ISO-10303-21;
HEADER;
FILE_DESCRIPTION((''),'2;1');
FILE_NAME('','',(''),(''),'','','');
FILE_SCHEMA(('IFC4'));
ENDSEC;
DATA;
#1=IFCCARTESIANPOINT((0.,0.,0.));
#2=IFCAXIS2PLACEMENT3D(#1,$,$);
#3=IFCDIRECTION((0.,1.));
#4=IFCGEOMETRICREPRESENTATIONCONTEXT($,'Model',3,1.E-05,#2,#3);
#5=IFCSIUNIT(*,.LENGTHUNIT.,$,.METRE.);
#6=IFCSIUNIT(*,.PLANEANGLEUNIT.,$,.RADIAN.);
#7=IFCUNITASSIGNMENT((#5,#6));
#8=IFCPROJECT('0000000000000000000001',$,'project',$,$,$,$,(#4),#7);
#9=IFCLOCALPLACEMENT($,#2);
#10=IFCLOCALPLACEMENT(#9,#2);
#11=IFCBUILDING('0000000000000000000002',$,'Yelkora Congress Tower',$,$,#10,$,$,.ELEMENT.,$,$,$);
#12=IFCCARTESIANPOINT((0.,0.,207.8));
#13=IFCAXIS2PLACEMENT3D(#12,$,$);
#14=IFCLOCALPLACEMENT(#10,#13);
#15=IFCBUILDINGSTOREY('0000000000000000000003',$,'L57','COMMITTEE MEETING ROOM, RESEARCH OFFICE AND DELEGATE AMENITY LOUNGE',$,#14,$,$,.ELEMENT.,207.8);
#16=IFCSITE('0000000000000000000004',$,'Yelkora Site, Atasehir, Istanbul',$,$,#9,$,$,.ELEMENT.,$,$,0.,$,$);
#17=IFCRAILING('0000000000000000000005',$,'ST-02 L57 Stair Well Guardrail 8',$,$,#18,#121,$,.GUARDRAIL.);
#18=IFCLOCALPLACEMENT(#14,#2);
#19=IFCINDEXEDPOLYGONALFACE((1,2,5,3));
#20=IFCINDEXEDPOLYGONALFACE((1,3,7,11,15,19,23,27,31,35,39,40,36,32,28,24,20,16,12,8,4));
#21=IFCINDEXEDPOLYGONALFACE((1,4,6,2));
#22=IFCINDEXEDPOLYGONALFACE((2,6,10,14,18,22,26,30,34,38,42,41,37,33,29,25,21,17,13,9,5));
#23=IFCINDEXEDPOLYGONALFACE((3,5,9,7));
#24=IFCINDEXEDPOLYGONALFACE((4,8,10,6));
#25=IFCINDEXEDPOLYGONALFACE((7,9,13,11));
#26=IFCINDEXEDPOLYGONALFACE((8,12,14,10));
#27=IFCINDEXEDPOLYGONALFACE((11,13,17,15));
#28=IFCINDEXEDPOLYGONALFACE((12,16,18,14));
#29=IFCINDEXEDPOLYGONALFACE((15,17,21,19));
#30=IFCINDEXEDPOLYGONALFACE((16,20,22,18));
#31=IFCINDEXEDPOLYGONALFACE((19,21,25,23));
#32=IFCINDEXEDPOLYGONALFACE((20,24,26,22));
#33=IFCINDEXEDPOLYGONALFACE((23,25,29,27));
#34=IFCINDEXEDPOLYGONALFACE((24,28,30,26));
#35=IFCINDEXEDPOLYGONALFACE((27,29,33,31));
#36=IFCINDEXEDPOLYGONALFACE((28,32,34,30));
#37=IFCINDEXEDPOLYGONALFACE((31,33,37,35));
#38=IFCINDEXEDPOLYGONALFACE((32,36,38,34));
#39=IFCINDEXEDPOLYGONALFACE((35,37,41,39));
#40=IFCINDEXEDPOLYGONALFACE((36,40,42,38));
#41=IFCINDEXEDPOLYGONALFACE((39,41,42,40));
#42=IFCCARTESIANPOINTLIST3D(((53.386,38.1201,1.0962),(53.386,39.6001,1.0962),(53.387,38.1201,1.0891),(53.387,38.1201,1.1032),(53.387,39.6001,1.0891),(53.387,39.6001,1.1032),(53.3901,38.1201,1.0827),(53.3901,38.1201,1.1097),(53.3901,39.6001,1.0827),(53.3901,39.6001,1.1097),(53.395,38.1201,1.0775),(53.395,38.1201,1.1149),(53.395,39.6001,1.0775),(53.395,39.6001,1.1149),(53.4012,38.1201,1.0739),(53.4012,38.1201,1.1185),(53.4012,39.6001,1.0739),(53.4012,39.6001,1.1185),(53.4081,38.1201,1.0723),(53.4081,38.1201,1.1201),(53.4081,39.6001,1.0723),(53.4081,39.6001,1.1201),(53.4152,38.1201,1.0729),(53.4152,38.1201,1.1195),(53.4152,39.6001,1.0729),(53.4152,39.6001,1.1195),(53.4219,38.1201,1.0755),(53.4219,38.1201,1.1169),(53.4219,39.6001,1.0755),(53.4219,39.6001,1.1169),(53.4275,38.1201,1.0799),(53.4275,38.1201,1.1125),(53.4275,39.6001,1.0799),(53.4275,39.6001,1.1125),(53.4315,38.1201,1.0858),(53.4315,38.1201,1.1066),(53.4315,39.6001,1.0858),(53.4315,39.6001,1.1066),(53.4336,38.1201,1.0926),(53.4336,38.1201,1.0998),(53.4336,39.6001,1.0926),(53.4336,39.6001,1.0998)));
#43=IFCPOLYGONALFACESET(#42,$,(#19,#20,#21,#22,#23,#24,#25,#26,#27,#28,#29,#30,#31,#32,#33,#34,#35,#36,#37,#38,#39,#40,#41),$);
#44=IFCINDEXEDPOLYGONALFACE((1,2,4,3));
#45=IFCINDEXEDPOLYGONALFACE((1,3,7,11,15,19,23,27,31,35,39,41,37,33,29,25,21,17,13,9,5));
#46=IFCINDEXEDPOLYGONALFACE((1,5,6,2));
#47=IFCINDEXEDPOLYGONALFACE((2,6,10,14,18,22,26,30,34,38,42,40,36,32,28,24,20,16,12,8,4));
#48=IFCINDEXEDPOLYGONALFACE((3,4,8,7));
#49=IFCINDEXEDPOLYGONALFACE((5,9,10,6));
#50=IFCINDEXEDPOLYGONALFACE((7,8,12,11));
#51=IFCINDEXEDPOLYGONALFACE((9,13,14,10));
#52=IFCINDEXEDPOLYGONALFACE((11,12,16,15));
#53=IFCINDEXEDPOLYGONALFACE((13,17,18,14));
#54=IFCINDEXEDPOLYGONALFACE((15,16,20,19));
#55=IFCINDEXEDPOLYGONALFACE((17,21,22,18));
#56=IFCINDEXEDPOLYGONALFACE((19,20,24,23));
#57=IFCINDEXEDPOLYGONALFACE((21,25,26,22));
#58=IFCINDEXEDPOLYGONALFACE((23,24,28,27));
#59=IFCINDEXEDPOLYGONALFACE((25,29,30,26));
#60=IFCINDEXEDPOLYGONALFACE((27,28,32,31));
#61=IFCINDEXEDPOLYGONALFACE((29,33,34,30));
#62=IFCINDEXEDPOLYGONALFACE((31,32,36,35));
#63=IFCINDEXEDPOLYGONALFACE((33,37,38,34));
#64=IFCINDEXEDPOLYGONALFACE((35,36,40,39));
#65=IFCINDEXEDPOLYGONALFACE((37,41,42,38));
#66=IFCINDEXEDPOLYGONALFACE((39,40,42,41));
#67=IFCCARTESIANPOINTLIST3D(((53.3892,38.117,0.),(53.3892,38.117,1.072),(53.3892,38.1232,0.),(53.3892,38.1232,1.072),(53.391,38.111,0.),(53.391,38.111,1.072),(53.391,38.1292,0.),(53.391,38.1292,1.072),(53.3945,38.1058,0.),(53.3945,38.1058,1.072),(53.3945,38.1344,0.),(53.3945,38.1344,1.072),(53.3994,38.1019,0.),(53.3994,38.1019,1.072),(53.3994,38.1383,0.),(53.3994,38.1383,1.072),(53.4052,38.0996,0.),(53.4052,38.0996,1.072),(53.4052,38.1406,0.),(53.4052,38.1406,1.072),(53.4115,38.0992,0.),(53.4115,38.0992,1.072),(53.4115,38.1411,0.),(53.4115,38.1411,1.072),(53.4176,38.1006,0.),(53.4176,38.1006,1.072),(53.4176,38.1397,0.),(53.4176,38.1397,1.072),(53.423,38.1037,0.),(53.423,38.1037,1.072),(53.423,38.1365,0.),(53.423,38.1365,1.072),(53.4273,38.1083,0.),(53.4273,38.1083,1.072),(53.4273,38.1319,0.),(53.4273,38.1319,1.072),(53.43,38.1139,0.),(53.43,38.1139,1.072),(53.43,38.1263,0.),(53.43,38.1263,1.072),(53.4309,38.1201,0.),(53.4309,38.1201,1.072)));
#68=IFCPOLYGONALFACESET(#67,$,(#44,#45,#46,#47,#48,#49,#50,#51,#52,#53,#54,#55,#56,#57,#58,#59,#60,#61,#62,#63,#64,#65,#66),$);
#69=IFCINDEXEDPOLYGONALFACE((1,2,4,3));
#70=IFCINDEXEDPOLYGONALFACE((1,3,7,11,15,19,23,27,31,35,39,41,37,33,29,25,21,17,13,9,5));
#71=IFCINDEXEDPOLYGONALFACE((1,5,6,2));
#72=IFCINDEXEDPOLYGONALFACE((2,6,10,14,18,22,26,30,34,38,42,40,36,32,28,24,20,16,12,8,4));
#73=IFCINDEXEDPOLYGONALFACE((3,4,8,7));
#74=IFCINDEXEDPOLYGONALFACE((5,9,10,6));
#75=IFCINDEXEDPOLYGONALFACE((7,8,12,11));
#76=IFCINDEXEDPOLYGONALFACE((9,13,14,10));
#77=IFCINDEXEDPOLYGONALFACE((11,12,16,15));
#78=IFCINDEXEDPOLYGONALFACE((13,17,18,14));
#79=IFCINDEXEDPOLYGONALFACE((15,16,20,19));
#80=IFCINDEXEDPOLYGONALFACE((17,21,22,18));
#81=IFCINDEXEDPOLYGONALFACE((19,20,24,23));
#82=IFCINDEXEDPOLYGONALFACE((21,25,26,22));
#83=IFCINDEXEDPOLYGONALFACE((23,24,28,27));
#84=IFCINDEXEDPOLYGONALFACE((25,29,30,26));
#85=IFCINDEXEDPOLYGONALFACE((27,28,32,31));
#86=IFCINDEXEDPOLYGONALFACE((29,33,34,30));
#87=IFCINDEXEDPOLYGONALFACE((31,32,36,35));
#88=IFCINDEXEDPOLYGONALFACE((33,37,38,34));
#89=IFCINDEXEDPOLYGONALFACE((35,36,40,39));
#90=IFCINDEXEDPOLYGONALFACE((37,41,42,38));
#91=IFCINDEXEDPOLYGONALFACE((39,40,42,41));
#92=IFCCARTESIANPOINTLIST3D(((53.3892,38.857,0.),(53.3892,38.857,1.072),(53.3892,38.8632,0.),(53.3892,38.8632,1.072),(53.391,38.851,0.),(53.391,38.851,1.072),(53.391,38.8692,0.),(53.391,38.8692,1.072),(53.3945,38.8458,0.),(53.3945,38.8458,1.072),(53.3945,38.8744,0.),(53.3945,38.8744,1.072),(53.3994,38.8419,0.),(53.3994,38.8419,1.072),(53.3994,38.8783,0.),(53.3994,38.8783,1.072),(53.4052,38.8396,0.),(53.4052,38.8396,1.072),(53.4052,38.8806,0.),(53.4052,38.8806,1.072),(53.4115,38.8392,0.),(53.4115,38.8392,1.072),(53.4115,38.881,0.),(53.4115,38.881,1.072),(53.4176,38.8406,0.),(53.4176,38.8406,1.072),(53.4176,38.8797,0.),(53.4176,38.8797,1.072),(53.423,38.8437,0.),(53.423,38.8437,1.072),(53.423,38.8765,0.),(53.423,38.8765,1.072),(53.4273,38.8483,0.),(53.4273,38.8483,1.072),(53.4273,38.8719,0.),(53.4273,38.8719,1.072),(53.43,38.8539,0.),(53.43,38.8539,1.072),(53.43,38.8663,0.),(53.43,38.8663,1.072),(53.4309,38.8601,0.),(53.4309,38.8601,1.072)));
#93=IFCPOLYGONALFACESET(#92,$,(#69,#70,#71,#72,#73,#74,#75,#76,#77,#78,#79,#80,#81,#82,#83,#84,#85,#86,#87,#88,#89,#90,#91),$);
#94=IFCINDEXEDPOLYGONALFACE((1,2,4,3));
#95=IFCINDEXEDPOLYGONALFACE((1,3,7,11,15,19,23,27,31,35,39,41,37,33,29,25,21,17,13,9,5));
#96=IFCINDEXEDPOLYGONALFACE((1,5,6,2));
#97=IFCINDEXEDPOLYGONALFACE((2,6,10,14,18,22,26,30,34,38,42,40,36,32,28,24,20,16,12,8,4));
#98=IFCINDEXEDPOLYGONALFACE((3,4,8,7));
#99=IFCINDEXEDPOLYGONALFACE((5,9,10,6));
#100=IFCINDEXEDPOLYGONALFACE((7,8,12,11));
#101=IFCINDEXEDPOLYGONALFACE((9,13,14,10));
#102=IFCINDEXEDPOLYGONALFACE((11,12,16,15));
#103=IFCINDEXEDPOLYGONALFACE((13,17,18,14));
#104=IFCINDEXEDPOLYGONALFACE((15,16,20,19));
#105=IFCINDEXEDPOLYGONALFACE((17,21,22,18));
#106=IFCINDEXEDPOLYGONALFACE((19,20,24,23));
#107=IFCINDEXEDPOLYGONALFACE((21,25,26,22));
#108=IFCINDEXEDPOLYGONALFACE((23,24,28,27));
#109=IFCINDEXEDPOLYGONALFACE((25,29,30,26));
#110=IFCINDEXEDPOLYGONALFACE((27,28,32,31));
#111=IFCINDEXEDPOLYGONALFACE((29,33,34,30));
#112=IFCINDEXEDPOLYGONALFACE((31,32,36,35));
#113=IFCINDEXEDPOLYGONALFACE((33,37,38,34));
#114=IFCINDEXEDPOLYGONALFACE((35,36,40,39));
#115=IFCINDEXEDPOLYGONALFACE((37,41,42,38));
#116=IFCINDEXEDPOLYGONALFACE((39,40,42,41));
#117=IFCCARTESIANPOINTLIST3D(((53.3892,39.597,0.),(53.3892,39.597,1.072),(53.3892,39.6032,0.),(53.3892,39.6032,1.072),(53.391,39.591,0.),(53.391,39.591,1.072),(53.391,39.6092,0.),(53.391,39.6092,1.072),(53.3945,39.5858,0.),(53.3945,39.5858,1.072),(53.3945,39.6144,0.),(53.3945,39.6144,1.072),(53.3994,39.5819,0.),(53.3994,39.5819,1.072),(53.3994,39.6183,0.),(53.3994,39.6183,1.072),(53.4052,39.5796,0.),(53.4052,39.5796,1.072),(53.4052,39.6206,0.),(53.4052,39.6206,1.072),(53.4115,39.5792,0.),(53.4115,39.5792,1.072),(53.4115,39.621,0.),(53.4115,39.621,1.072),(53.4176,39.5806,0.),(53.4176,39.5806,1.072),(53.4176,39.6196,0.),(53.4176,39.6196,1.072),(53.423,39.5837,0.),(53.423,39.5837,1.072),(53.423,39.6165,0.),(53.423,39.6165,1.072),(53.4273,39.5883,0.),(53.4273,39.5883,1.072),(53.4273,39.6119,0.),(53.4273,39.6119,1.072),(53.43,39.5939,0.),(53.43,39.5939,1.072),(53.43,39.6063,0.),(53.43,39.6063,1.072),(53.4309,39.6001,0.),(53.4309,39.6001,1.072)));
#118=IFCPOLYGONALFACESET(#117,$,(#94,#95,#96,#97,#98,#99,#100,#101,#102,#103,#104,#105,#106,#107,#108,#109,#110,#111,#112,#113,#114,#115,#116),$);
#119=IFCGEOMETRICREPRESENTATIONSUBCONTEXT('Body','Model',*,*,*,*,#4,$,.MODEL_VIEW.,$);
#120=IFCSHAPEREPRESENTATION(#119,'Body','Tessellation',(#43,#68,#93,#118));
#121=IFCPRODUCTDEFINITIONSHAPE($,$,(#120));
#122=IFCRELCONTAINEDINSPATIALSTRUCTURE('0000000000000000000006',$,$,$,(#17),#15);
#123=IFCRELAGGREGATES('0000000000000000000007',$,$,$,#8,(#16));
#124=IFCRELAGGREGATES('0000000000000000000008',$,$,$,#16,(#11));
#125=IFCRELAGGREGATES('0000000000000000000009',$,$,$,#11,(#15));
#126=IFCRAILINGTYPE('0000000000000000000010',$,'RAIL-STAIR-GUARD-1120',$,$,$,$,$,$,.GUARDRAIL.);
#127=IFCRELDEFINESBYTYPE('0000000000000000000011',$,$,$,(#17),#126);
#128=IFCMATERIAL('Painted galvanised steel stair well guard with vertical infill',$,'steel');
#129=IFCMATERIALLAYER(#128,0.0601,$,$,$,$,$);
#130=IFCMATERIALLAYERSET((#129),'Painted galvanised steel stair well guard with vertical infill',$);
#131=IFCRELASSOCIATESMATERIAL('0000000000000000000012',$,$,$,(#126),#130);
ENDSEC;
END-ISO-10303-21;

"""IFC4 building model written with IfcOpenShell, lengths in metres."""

from ifc_helpers import new_model, si_unit, direction, frame, origin, origin_2d, place, context, subcontext, project, spatial, circle, extrude, material, layer, layer_set, type_object, element, save


model = new_model("IFC4")

# Units and contexts
model_context = context("Model", 3, precision=1e-05, world=origin(), true_north=direction((0.0, 1.0)))
body_context = subcontext(model_context, "Body", "Model", "MODEL_VIEW")
ifc_project = project(units=[si_unit("LENGTHUNIT", "METRE"), si_unit("PLANEANGLEUNIT", "RADIAN")], contexts=[model_context])

# Site, building, storey
site_placement = place(None, origin())
site = spatial("IfcSite", under=ifc_project, at=site_placement, Name="Yelkora Site, Atasehir, Istanbul", CompositionType="ELEMENT", RefElevation=0.0)
building_placement = place(site_placement, origin())
building = spatial("IfcBuilding", under=site, at=building_placement, Name="Yelkora Congress Tower", CompositionType="ELEMENT")
storey_placement = place(building_placement, frame((0.0, 0.0, 207.8)))
storey = spatial("IfcBuildingStorey", under=building, at=storey_placement, Name="L57", Description="COMMITTEE MEETING ROOM, RESEARCH OFFICE AND DELEGATE AMENITY LOUNGE", CompositionType="ELEMENT", Elevation=207.8)

# Railing
ifc_material_1 = material(Name="Painted galvanised steel stair well guard with vertical infill", Category="steel")
ifc_layer_1 = layer(ifc_material_1, 0.0601)
ifc_layer_set_1 = layer_set([ifc_layer_1], Name="Painted galvanised steel stair well guard with vertical infill")
railing_type_1 = type_object("IfcRailingType", Name="RAIL-STAIR-GUARD-1120", PredefinedType="GUARDRAIL", material=ifc_layer_set_1)
railing_1_placement = place(storey_placement, frame((53.4099, 38.1201, 0.0)))
element("IfcRailing", 1, at=railing_1_placement, inside=storey, type_object=railing_type_1, Name="ST-02 L57 Stair Well Guardrail 8", PredefinedType="GUARDRAIL", context=body_context, shape_type="SweptSolid", body=[
    extrude(circle(Radius=0.0239, at=origin_2d()), frame((0.0, 0.0, 1.0962), z_axis=(0.0, 1.0, 0.0), x_axis=(-1.0, 0.0, 0.0)), (0.0, 0.0, 1.0), 1.48),
    extrude(circle(Radius=0.021, at=origin_2d()), origin(), (0.0, 0.0, 1.0), 1.072),
    extrude(circle(Radius=0.021, at=origin_2d()), frame((0.0, 0.74, 0.0)), (0.0, 0.0, 1.0), 1.072),
    extrude(circle(Radius=0.021, at=origin_2d()), frame((0.0, 1.48, 0.0)), (0.0, 0.0, 1.0), 1.072),
])

save(model, "model.ifc")
